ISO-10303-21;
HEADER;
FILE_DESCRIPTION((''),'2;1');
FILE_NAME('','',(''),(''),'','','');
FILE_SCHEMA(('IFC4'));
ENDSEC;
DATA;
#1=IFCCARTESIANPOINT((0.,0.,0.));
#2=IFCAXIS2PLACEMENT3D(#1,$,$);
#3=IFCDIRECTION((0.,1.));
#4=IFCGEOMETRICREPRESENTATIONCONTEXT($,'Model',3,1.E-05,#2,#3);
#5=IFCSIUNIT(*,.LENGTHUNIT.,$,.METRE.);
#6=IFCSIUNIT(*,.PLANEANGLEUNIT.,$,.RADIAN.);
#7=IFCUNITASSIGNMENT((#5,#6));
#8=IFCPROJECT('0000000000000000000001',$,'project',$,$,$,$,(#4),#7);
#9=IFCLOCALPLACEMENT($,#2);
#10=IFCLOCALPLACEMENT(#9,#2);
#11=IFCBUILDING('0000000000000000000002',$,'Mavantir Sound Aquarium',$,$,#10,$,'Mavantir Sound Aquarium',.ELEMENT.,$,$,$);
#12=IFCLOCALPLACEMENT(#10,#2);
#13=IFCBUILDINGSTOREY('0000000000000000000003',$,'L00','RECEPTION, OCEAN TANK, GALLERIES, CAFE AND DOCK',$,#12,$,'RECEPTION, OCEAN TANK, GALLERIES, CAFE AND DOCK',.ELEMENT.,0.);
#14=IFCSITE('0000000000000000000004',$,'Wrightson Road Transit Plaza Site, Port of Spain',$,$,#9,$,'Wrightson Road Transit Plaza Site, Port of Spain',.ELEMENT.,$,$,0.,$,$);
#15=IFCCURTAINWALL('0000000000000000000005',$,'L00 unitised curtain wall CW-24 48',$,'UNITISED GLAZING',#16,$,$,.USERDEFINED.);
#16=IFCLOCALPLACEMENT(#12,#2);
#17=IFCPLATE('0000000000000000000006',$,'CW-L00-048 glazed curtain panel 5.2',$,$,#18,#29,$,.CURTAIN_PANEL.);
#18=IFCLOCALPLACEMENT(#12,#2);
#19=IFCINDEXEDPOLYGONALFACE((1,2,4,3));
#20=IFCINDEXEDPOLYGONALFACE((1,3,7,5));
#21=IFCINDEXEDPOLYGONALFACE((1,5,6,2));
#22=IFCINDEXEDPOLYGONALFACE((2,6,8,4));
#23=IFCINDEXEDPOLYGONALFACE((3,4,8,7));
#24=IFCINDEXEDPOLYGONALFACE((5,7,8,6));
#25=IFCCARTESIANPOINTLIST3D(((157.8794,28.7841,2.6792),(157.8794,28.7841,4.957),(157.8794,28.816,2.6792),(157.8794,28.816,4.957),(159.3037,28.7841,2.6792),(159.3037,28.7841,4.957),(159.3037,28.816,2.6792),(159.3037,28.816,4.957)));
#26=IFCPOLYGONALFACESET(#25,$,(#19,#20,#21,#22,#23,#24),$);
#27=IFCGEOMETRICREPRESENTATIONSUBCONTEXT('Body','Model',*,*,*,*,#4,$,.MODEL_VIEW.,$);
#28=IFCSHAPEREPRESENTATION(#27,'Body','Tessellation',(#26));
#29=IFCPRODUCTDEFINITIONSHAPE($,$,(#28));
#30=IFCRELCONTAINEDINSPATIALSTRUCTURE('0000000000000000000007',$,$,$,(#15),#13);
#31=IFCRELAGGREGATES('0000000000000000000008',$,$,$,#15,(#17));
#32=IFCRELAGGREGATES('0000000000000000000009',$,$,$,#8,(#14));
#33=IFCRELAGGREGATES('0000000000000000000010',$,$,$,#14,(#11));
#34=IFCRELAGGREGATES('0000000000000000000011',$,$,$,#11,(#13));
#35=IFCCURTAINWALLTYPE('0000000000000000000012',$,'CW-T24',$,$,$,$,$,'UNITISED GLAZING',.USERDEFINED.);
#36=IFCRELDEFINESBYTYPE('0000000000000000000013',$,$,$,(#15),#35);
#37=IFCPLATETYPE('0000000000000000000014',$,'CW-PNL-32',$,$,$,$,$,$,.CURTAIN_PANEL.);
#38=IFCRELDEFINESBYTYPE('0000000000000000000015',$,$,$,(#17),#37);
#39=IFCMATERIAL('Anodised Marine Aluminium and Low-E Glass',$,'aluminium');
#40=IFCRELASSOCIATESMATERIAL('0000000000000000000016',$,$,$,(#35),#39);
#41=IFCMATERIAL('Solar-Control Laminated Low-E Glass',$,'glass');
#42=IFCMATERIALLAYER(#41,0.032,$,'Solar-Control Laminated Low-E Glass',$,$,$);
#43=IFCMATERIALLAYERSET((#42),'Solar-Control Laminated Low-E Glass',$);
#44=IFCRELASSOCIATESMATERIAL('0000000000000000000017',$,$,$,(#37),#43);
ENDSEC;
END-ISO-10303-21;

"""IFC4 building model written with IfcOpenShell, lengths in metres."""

from ifc_helpers import new_model, si_unit, direction, frame, origin, origin_2d, place, context, subcontext, project, spatial, rectangle, extrude, material, layer, layer_set, type_object, element, aggregate, save


model = new_model("IFC4")

# Units and contexts
model_context = context("Model", 3, precision=1e-05, world=origin(), true_north=direction((0.0, 1.0)))
body_context = subcontext(model_context, "Body", "Model", "MODEL_VIEW")
ifc_project = project(units=[si_unit("LENGTHUNIT", "METRE"), si_unit("PLANEANGLEUNIT", "RADIAN")], contexts=[model_context])

# Site, building, storey
site_placement = place(None, origin())
site = spatial("IfcSite", under=ifc_project, at=site_placement, Name="Wrightson Road Transit Plaza Site, Port of Spain", LongName="Wrightson Road Transit Plaza Site, Port of Spain", CompositionType="ELEMENT", RefElevation=0.0)
building_placement = place(site_placement, origin())
building = spatial("IfcBuilding", under=site, at=building_placement, Name="Mavantir Sound Aquarium", LongName="Mavantir Sound Aquarium", CompositionType="ELEMENT")
storey_placement = place(building_placement, origin())
storey = spatial("IfcBuildingStorey", under=building, at=storey_placement, Name="L00", Description="RECEPTION, OCEAN TANK, GALLERIES, CAFE AND DOCK", LongName="RECEPTION, OCEAN TANK, GALLERIES, CAFE AND DOCK", CompositionType="ELEMENT", Elevation=0.0)

# Curtain wall, plate
ifc_material_1 = material(Name="Anodised Marine Aluminium and Low-E Glass", Category="aluminium")
curtain_wall_type = type_object("IfcCurtainWallType", Name="CW-T24", ElementType="UNITISED GLAZING", PredefinedType="USERDEFINED", material=ifc_material_1)
curtain_wall_placement = place(storey_placement, origin())
curtain_wall = element("IfcCurtainWall", 1, at=curtain_wall_placement, inside=storey, type_object=curtain_wall_type, Name="L00 unitised curtain wall CW-24 48", ObjectType="UNITISED GLAZING", PredefinedType="USERDEFINED")
ifc_material_2 = material(Name="Solar-Control Laminated Low-E Glass", Category="glass")
ifc_layer = layer(ifc_material_2, 0.032, Name="Solar-Control Laminated Low-E Glass")
ifc_layer_set = layer_set([ifc_layer], Name="Solar-Control Laminated Low-E Glass")
plate_type = type_object("IfcPlateType", Name="CW-PNL-32", PredefinedType="CURTAIN_PANEL", material=ifc_layer_set)
plate_1_placement = place(storey_placement, frame((158.5916, 28.8, 2.6792), z_axis=(0.0, 0.0, 1.0), x_axis=(-1.0, 0.0, 0.0)))
plate_1 = element("IfcPlate", 2, at=plate_1_placement, type_object=plate_type, Name="CW-L00-048 glazed curtain panel 5.2", PredefinedType="CURTAIN_PANEL", context=body_context, shape_type="SweptSolid", body=[
    extrude(rectangle(XDim=1.4243, YDim=0.032, at=origin_2d()), origin(), (0.0, 0.0, 1.0), 2.2778),
])
aggregate(curtain_wall, [plate_1])

save(model, "model.ifc")
